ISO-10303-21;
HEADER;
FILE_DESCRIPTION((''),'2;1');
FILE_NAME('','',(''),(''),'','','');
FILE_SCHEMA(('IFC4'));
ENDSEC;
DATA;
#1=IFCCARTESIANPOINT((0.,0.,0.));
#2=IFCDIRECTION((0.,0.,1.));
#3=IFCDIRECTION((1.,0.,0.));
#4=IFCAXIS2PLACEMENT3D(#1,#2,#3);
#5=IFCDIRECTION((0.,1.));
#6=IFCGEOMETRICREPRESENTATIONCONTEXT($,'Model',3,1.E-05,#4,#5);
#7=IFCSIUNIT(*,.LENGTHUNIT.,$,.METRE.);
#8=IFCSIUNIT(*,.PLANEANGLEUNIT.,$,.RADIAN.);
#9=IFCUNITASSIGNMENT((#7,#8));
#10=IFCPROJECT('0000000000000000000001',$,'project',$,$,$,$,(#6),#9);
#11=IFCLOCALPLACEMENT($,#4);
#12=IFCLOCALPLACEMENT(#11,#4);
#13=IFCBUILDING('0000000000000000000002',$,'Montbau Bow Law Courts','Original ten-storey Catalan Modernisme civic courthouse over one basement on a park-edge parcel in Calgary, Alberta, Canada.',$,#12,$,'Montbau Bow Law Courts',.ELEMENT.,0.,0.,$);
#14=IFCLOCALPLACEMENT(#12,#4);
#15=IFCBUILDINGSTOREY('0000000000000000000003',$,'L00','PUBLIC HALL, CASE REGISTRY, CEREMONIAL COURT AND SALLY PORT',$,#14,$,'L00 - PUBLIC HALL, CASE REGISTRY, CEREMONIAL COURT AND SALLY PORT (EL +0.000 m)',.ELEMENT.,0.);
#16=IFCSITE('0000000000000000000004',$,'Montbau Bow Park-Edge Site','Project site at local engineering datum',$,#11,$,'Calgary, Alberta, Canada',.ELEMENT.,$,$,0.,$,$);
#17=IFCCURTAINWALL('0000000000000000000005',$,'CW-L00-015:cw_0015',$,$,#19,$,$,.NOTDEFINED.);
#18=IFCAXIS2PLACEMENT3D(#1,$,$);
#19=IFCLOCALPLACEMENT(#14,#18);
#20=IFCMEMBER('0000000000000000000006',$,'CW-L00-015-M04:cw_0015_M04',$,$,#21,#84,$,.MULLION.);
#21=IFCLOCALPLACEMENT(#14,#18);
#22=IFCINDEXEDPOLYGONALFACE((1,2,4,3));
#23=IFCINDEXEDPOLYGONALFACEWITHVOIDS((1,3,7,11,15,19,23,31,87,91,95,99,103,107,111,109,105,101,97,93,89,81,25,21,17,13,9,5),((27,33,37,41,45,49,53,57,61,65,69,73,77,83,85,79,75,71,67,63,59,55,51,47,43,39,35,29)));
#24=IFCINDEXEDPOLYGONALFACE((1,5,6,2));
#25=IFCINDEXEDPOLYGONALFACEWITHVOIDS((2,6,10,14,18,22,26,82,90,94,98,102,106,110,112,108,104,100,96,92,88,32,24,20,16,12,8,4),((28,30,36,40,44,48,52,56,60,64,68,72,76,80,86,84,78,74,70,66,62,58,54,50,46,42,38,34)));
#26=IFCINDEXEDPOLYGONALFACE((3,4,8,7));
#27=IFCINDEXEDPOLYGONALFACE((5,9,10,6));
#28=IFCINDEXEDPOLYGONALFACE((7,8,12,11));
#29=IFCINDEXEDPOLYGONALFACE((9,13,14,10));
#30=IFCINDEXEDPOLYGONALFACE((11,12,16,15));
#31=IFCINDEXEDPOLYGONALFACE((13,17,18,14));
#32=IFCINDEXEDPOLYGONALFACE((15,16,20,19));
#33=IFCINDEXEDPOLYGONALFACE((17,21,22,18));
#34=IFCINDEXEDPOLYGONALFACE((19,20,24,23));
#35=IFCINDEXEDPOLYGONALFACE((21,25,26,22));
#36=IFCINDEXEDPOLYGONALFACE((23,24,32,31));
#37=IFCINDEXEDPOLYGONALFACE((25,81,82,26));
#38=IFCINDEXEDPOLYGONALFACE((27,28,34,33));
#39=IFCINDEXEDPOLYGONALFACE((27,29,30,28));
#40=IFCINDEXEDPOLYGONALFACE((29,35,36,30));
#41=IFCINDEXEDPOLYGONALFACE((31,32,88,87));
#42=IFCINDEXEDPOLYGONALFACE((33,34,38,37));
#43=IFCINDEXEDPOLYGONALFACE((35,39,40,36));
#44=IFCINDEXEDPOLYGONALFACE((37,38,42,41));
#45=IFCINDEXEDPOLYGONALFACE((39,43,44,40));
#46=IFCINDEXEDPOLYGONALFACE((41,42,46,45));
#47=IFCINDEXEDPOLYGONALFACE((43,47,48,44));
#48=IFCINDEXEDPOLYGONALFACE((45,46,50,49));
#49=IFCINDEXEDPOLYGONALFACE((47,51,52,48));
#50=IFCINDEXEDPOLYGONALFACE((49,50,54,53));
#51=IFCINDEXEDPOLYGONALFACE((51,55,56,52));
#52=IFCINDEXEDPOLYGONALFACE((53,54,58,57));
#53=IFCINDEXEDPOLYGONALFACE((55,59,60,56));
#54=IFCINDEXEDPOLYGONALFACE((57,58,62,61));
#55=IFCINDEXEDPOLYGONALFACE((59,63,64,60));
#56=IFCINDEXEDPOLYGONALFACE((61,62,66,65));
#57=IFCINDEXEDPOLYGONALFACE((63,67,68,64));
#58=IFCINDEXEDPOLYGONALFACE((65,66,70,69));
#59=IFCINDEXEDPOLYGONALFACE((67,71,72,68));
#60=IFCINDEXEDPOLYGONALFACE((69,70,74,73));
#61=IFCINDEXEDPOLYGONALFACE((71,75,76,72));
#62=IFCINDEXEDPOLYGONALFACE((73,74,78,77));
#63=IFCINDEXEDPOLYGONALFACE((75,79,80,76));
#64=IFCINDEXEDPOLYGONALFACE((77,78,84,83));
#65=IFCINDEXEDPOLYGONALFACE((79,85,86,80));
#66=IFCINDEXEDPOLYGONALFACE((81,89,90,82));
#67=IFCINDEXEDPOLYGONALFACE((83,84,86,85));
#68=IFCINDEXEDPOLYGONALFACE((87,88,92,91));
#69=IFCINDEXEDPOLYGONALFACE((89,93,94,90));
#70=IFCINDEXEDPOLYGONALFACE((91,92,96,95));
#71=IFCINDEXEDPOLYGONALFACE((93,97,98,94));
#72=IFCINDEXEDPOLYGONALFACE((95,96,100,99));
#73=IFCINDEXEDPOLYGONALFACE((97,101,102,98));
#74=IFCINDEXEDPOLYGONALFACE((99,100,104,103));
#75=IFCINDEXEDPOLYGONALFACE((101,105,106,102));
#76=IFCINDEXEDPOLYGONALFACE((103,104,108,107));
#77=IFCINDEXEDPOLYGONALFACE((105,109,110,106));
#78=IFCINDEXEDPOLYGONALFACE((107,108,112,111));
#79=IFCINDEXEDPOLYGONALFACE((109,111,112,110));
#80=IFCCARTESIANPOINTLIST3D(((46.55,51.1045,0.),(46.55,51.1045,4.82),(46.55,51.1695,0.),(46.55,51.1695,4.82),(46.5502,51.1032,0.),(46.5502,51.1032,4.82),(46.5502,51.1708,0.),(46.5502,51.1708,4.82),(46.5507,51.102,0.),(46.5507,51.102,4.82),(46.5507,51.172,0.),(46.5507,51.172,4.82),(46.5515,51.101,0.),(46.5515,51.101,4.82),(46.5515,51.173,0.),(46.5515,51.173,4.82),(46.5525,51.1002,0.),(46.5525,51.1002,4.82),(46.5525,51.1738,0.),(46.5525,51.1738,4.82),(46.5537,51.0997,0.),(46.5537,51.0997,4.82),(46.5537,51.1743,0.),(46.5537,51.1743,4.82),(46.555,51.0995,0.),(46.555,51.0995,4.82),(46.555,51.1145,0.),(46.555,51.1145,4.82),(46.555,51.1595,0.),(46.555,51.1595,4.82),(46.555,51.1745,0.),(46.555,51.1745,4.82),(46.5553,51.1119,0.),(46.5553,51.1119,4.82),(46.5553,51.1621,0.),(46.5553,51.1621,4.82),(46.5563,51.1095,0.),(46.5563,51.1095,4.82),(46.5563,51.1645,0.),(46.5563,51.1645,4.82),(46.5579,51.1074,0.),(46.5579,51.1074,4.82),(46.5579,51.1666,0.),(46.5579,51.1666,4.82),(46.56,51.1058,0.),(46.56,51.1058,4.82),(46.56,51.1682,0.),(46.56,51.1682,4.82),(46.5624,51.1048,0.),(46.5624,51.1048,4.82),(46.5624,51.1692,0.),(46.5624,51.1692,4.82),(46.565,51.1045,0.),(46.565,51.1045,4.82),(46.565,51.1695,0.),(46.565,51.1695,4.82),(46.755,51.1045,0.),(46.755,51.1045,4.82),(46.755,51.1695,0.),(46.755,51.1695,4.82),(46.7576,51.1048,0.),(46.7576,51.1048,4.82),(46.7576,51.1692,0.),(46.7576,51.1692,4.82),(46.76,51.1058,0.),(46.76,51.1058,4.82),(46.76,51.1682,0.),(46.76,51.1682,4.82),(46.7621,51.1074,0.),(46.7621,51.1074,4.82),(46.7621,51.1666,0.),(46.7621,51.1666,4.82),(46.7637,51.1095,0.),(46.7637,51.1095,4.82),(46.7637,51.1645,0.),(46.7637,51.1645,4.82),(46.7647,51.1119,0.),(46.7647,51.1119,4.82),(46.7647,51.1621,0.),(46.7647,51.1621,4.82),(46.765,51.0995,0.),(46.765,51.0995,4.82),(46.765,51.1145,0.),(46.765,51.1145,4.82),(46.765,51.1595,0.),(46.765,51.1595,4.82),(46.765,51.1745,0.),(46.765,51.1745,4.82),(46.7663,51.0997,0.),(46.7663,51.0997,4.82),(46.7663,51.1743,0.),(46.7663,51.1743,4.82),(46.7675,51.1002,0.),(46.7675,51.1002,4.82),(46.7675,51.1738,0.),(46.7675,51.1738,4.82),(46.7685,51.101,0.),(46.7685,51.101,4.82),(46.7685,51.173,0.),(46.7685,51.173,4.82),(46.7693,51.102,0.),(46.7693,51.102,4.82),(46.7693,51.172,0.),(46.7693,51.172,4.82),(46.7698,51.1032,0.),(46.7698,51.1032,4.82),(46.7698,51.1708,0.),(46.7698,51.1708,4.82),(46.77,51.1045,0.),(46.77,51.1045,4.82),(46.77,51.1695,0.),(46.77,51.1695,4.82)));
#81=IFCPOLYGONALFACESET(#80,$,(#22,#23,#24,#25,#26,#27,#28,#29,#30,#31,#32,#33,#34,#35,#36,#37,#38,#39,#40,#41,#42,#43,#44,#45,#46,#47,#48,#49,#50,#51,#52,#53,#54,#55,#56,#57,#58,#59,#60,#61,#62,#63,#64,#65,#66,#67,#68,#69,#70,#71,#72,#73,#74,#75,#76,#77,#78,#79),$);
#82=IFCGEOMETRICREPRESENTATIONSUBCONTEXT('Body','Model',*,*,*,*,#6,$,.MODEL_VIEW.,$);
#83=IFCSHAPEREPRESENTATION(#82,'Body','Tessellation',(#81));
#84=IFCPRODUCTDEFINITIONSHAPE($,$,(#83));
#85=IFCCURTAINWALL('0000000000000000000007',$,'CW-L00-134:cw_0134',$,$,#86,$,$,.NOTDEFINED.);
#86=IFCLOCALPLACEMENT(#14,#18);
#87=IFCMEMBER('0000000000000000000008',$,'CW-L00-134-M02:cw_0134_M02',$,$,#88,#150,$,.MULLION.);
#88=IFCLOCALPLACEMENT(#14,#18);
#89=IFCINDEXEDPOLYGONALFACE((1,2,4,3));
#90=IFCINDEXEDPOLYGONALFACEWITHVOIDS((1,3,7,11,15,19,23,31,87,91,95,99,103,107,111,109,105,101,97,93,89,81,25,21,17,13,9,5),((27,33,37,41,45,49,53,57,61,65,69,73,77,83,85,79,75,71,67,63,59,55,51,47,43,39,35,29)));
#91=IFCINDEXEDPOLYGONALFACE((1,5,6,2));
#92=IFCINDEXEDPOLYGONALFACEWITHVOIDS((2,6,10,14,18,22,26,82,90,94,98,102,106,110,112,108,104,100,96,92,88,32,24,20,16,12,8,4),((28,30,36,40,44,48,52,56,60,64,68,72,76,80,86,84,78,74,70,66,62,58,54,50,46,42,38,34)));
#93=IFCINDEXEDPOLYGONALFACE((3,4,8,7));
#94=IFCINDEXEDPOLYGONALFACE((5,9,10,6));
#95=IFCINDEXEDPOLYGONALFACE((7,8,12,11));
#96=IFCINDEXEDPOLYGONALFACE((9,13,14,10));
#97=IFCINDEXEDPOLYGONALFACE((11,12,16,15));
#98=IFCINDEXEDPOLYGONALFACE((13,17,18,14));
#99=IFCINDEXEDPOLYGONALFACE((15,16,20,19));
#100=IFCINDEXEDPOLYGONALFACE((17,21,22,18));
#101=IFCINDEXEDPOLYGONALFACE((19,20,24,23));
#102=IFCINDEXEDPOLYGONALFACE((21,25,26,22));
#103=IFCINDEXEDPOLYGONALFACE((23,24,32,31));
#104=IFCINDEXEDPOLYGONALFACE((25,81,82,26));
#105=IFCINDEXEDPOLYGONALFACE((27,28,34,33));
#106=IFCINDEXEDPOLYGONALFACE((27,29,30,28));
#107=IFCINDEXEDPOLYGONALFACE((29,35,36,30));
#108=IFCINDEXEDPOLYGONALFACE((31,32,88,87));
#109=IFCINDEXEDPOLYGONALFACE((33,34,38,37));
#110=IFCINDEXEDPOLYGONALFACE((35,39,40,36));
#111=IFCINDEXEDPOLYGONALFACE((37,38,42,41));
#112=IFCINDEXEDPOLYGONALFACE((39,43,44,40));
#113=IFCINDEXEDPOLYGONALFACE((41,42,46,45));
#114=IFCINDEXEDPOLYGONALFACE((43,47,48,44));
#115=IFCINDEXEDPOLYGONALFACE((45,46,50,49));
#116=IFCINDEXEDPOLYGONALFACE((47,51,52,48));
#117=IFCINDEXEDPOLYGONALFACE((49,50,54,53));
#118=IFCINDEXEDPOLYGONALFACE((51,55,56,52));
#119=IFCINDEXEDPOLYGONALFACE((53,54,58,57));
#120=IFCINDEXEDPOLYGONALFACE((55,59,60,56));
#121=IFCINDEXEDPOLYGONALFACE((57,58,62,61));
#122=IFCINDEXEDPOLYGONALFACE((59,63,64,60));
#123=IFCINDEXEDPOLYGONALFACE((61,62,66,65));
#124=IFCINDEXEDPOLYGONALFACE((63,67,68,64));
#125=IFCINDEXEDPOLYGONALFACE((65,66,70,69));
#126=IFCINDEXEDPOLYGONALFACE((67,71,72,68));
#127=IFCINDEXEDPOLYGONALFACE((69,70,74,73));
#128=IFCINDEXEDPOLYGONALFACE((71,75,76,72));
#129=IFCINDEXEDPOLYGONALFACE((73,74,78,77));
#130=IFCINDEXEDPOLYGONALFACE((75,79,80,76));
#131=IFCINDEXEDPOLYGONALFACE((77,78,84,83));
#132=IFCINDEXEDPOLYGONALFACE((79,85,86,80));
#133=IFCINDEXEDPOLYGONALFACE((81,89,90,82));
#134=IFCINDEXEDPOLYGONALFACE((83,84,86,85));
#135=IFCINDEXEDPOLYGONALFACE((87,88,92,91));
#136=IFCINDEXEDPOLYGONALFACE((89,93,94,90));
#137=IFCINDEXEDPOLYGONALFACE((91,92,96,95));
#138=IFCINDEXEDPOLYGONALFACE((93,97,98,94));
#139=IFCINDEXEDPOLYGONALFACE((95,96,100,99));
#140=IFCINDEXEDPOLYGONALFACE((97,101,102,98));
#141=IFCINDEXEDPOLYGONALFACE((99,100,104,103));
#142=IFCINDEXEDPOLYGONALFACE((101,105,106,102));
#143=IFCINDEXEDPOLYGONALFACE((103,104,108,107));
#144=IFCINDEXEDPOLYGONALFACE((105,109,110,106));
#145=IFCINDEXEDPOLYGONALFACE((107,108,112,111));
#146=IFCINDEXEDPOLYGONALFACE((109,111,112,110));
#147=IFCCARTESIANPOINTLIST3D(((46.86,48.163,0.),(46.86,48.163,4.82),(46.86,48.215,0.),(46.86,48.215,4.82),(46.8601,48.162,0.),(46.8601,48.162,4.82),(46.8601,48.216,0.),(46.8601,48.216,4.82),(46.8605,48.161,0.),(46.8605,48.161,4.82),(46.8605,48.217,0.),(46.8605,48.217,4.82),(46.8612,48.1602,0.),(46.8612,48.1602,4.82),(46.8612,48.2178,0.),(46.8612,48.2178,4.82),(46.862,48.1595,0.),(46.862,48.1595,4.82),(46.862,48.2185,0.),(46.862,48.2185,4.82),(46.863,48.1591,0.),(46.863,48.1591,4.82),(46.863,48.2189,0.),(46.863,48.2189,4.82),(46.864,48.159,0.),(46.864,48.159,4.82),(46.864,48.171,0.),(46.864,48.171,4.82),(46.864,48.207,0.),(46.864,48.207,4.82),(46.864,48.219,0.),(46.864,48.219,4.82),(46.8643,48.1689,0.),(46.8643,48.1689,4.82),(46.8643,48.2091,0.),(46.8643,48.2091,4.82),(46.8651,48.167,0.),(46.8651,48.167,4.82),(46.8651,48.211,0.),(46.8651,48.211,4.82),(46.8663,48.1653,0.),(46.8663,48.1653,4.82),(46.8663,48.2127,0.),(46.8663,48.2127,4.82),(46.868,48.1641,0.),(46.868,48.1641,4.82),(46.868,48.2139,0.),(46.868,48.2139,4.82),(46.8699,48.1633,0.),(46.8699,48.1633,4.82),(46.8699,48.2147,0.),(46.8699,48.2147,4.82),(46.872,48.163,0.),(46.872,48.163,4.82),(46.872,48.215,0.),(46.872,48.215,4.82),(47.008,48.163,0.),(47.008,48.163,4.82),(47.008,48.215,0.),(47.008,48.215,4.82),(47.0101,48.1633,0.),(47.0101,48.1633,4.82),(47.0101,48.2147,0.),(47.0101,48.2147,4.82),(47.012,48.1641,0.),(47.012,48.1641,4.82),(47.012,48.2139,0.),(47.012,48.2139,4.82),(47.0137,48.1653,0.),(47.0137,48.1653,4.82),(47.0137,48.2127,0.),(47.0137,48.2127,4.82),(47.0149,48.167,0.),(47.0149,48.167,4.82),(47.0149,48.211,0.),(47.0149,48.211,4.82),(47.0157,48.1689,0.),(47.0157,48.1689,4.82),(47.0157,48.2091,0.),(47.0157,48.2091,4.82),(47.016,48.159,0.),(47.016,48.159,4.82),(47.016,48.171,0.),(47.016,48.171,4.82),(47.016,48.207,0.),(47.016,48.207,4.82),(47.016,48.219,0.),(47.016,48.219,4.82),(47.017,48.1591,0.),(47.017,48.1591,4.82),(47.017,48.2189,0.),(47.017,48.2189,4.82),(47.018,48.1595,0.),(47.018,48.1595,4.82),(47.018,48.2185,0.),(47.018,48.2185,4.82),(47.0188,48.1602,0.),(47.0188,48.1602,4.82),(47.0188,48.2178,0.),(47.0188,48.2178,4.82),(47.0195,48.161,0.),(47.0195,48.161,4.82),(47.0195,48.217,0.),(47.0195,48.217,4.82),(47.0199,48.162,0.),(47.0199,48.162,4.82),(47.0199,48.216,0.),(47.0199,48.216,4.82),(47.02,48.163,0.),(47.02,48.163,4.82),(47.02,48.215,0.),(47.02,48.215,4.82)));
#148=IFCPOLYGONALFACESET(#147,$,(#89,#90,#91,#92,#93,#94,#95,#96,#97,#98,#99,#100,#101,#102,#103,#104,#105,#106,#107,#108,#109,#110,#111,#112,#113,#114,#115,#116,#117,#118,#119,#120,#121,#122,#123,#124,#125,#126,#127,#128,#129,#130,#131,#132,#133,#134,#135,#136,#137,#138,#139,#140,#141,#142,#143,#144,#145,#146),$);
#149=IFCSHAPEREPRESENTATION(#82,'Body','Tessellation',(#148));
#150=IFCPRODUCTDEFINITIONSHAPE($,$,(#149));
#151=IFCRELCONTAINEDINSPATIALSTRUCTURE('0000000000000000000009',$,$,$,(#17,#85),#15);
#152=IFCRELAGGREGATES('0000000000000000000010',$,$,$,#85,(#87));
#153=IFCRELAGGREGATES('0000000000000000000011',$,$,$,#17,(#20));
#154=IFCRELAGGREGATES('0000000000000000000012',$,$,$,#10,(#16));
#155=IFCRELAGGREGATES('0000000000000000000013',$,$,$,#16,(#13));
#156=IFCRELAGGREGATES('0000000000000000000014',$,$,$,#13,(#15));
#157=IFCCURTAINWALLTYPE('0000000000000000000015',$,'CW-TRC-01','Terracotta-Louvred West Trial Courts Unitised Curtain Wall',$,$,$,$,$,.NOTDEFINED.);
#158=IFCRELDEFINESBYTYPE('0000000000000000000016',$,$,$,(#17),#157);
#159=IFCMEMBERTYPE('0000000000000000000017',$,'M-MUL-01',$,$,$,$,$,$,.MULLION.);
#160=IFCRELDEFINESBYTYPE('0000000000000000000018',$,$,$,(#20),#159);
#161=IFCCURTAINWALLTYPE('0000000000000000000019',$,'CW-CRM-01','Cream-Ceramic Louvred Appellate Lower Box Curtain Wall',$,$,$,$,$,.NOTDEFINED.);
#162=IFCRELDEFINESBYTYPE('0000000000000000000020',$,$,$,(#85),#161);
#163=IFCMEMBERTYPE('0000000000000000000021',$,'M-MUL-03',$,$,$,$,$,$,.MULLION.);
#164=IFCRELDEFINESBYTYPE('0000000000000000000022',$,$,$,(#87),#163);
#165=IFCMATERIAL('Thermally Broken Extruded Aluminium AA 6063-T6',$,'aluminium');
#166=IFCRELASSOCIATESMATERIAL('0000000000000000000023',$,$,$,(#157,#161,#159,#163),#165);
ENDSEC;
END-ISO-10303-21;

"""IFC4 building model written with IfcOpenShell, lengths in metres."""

from ifc_helpers import new_model, si_unit, direction, frame, origin_with_axes, origin_2d_with_axis, place, context, subcontext, project, spatial, hollow_rectangle, extrude, material, material_profile, profile_set, type_object, element, aggregate, save


model = new_model("IFC4")

# Units and contexts
model_context = context("Model", 3, precision=1e-05, world=origin_with_axes(), true_north=direction((0.0, 1.0)))
body_context = subcontext(model_context, "Body", "Model", "MODEL_VIEW")
ifc_project = project(units=[si_unit("LENGTHUNIT", "METRE"), si_unit("PLANEANGLEUNIT", "RADIAN")], contexts=[model_context])

# Site, building, storey
site_placement = place(None, origin_with_axes())
site = spatial("IfcSite", under=ifc_project, at=site_placement, Name="Montbau Bow Park-Edge Site", Description="Project site at local engineering datum", LongName="Calgary, Alberta, Canada", CompositionType="ELEMENT", RefElevation=0.0)
building_placement = place(site_placement, origin_with_axes())
building = spatial("IfcBuilding", under=site, at=building_placement, Name="Montbau Bow Law Courts", Description="Original ten-storey Catalan Modernisme civic courthouse over one basement on a park-edge parcel in Calgary, Alberta, Canada.", LongName="Montbau Bow Law Courts", CompositionType="ELEMENT", ElevationOfRefHeight=0.0, ElevationOfTerrain=0.0)
storey_placement = place(building_placement, origin_with_axes())
storey = spatial("IfcBuildingStorey", under=building, at=storey_placement, Name="L00", Description="PUBLIC HALL, CASE REGISTRY, CEREMONIAL COURT AND SALLY PORT", LongName="L00 - PUBLIC HALL, CASE REGISTRY, CEREMONIAL COURT AND SALLY PORT (EL +0.000 m)", CompositionType="ELEMENT", Elevation=0.0)

# Curtain walls, members
ifc_material_1 = material(Name="Thermally Broken Extruded Aluminium AA 6063-T6", Category="aluminium")
curtain_wall_type_1 = type_object("IfcCurtainWallType", Name="CW-TRC-01", Description="Terracotta-Louvred West Trial Courts Unitised Curtain Wall", PredefinedType="NOTDEFINED", material=ifc_material_1)
curtain_wall_1_placement = place(None, frame((46.66, 46.715, 0.0), z_axis=(0.0, 0.0, 1.0), x_axis=(1.0, 0.0, 0.0)))
curtain_wall_1 = element("IfcCurtainWall", 1, at=curtain_wall_1_placement, inside=storey, type_object=curtain_wall_type_1, Name="CW-L00-015:cw_0015", PredefinedType="NOTDEFINED")
ifc_material_profile_1 = material_profile(ifc_material_1, hollow_rectangle(XDim=0.075, YDim=0.22, WallThickness=0.005, InnerFilletRadius=0.01, OuterFilletRadius=0.005, at=origin_2d_with_axis()), Name="CWM-220X75", Category="Main", Priority=0)
ifc_profile_set_1 = profile_set([ifc_material_profile_1], Name="Thermally Broken Extruded Aluminium AA 6063-T6")
member_type_1 = type_object("IfcMemberType", Name="M-MUL-01", PredefinedType="MULLION", material=ifc_profile_set_1)
member_1_placement = place(None, frame((46.66, 51.137, 0.0), z_axis=(0.0, 0.0, 1.0), x_axis=(0.0, 1.0, 0.0)))
member_1 = element("IfcMember", 2, at=member_1_placement, type_object=member_type_1, Name="CW-L00-015-M04:cw_0015_M04", PredefinedType="MULLION", context=body_context, shape_type="SweptSolid", body=[
    extrude(hollow_rectangle(XDim=0.075, YDim=0.22, WallThickness=0.005, InnerFilletRadius=0.01, OuterFilletRadius=0.005, at=origin_2d_with_axis()), origin_with_axes(), (0.0, 0.0, 1.0), 4.82),
])
curtain_wall_type_2 = type_object("IfcCurtainWallType", Name="CW-CRM-01", Description="Cream-Ceramic Louvred Appellate Lower Box Curtain Wall", PredefinedType="NOTDEFINED", material=ifc_material_1)
curtain_wall_2_placement = place(None, frame((46.94, 46.715, 0.0), z_axis=(0.0, 0.0, 1.0), x_axis=(1.0, 0.0, 0.0)))
curtain_wall_2 = element("IfcCurtainWall", 3, at=curtain_wall_2_placement, inside=storey, type_object=curtain_wall_type_2, Name="CW-L00-134:cw_0134", PredefinedType="NOTDEFINED")
ifc_material_profile_2 = material_profile(ifc_material_1, hollow_rectangle(XDim=0.06, YDim=0.16, WallThickness=0.004, InnerFilletRadius=0.008, OuterFilletRadius=0.004, at=origin_2d_with_axis()), Name="CWM-160X60", Category="Main", Priority=0)
ifc_profile_set_2 = profile_set([ifc_material_profile_2], Name="Thermally Broken Extruded Aluminium AA 6063-T6")
member_type_2 = type_object("IfcMemberType", Name="M-MUL-03", PredefinedType="MULLION", material=ifc_profile_set_2)
member_2_placement = place(None, frame((46.94, 48.189, 0.0), z_axis=(0.0, 0.0, 1.0), x_axis=(0.0, 1.0, 0.0)))
member_2 = element("IfcMember", 4, at=member_2_placement, type_object=member_type_2, Name="CW-L00-134-M02:cw_0134_M02", PredefinedType="MULLION", context=body_context, shape_type="SweptSolid", body=[
    extrude(hollow_rectangle(XDim=0.06, YDim=0.16, WallThickness=0.004, InnerFilletRadius=0.008, OuterFilletRadius=0.004, at=origin_2d_with_axis()), origin_with_axes(), (0.0, 0.0, 1.0), 4.82),
])
aggregate(curtain_wall_2, [member_2])

aggregate(curtain_wall_1, [member_1])

save(model, "model.ifc")
